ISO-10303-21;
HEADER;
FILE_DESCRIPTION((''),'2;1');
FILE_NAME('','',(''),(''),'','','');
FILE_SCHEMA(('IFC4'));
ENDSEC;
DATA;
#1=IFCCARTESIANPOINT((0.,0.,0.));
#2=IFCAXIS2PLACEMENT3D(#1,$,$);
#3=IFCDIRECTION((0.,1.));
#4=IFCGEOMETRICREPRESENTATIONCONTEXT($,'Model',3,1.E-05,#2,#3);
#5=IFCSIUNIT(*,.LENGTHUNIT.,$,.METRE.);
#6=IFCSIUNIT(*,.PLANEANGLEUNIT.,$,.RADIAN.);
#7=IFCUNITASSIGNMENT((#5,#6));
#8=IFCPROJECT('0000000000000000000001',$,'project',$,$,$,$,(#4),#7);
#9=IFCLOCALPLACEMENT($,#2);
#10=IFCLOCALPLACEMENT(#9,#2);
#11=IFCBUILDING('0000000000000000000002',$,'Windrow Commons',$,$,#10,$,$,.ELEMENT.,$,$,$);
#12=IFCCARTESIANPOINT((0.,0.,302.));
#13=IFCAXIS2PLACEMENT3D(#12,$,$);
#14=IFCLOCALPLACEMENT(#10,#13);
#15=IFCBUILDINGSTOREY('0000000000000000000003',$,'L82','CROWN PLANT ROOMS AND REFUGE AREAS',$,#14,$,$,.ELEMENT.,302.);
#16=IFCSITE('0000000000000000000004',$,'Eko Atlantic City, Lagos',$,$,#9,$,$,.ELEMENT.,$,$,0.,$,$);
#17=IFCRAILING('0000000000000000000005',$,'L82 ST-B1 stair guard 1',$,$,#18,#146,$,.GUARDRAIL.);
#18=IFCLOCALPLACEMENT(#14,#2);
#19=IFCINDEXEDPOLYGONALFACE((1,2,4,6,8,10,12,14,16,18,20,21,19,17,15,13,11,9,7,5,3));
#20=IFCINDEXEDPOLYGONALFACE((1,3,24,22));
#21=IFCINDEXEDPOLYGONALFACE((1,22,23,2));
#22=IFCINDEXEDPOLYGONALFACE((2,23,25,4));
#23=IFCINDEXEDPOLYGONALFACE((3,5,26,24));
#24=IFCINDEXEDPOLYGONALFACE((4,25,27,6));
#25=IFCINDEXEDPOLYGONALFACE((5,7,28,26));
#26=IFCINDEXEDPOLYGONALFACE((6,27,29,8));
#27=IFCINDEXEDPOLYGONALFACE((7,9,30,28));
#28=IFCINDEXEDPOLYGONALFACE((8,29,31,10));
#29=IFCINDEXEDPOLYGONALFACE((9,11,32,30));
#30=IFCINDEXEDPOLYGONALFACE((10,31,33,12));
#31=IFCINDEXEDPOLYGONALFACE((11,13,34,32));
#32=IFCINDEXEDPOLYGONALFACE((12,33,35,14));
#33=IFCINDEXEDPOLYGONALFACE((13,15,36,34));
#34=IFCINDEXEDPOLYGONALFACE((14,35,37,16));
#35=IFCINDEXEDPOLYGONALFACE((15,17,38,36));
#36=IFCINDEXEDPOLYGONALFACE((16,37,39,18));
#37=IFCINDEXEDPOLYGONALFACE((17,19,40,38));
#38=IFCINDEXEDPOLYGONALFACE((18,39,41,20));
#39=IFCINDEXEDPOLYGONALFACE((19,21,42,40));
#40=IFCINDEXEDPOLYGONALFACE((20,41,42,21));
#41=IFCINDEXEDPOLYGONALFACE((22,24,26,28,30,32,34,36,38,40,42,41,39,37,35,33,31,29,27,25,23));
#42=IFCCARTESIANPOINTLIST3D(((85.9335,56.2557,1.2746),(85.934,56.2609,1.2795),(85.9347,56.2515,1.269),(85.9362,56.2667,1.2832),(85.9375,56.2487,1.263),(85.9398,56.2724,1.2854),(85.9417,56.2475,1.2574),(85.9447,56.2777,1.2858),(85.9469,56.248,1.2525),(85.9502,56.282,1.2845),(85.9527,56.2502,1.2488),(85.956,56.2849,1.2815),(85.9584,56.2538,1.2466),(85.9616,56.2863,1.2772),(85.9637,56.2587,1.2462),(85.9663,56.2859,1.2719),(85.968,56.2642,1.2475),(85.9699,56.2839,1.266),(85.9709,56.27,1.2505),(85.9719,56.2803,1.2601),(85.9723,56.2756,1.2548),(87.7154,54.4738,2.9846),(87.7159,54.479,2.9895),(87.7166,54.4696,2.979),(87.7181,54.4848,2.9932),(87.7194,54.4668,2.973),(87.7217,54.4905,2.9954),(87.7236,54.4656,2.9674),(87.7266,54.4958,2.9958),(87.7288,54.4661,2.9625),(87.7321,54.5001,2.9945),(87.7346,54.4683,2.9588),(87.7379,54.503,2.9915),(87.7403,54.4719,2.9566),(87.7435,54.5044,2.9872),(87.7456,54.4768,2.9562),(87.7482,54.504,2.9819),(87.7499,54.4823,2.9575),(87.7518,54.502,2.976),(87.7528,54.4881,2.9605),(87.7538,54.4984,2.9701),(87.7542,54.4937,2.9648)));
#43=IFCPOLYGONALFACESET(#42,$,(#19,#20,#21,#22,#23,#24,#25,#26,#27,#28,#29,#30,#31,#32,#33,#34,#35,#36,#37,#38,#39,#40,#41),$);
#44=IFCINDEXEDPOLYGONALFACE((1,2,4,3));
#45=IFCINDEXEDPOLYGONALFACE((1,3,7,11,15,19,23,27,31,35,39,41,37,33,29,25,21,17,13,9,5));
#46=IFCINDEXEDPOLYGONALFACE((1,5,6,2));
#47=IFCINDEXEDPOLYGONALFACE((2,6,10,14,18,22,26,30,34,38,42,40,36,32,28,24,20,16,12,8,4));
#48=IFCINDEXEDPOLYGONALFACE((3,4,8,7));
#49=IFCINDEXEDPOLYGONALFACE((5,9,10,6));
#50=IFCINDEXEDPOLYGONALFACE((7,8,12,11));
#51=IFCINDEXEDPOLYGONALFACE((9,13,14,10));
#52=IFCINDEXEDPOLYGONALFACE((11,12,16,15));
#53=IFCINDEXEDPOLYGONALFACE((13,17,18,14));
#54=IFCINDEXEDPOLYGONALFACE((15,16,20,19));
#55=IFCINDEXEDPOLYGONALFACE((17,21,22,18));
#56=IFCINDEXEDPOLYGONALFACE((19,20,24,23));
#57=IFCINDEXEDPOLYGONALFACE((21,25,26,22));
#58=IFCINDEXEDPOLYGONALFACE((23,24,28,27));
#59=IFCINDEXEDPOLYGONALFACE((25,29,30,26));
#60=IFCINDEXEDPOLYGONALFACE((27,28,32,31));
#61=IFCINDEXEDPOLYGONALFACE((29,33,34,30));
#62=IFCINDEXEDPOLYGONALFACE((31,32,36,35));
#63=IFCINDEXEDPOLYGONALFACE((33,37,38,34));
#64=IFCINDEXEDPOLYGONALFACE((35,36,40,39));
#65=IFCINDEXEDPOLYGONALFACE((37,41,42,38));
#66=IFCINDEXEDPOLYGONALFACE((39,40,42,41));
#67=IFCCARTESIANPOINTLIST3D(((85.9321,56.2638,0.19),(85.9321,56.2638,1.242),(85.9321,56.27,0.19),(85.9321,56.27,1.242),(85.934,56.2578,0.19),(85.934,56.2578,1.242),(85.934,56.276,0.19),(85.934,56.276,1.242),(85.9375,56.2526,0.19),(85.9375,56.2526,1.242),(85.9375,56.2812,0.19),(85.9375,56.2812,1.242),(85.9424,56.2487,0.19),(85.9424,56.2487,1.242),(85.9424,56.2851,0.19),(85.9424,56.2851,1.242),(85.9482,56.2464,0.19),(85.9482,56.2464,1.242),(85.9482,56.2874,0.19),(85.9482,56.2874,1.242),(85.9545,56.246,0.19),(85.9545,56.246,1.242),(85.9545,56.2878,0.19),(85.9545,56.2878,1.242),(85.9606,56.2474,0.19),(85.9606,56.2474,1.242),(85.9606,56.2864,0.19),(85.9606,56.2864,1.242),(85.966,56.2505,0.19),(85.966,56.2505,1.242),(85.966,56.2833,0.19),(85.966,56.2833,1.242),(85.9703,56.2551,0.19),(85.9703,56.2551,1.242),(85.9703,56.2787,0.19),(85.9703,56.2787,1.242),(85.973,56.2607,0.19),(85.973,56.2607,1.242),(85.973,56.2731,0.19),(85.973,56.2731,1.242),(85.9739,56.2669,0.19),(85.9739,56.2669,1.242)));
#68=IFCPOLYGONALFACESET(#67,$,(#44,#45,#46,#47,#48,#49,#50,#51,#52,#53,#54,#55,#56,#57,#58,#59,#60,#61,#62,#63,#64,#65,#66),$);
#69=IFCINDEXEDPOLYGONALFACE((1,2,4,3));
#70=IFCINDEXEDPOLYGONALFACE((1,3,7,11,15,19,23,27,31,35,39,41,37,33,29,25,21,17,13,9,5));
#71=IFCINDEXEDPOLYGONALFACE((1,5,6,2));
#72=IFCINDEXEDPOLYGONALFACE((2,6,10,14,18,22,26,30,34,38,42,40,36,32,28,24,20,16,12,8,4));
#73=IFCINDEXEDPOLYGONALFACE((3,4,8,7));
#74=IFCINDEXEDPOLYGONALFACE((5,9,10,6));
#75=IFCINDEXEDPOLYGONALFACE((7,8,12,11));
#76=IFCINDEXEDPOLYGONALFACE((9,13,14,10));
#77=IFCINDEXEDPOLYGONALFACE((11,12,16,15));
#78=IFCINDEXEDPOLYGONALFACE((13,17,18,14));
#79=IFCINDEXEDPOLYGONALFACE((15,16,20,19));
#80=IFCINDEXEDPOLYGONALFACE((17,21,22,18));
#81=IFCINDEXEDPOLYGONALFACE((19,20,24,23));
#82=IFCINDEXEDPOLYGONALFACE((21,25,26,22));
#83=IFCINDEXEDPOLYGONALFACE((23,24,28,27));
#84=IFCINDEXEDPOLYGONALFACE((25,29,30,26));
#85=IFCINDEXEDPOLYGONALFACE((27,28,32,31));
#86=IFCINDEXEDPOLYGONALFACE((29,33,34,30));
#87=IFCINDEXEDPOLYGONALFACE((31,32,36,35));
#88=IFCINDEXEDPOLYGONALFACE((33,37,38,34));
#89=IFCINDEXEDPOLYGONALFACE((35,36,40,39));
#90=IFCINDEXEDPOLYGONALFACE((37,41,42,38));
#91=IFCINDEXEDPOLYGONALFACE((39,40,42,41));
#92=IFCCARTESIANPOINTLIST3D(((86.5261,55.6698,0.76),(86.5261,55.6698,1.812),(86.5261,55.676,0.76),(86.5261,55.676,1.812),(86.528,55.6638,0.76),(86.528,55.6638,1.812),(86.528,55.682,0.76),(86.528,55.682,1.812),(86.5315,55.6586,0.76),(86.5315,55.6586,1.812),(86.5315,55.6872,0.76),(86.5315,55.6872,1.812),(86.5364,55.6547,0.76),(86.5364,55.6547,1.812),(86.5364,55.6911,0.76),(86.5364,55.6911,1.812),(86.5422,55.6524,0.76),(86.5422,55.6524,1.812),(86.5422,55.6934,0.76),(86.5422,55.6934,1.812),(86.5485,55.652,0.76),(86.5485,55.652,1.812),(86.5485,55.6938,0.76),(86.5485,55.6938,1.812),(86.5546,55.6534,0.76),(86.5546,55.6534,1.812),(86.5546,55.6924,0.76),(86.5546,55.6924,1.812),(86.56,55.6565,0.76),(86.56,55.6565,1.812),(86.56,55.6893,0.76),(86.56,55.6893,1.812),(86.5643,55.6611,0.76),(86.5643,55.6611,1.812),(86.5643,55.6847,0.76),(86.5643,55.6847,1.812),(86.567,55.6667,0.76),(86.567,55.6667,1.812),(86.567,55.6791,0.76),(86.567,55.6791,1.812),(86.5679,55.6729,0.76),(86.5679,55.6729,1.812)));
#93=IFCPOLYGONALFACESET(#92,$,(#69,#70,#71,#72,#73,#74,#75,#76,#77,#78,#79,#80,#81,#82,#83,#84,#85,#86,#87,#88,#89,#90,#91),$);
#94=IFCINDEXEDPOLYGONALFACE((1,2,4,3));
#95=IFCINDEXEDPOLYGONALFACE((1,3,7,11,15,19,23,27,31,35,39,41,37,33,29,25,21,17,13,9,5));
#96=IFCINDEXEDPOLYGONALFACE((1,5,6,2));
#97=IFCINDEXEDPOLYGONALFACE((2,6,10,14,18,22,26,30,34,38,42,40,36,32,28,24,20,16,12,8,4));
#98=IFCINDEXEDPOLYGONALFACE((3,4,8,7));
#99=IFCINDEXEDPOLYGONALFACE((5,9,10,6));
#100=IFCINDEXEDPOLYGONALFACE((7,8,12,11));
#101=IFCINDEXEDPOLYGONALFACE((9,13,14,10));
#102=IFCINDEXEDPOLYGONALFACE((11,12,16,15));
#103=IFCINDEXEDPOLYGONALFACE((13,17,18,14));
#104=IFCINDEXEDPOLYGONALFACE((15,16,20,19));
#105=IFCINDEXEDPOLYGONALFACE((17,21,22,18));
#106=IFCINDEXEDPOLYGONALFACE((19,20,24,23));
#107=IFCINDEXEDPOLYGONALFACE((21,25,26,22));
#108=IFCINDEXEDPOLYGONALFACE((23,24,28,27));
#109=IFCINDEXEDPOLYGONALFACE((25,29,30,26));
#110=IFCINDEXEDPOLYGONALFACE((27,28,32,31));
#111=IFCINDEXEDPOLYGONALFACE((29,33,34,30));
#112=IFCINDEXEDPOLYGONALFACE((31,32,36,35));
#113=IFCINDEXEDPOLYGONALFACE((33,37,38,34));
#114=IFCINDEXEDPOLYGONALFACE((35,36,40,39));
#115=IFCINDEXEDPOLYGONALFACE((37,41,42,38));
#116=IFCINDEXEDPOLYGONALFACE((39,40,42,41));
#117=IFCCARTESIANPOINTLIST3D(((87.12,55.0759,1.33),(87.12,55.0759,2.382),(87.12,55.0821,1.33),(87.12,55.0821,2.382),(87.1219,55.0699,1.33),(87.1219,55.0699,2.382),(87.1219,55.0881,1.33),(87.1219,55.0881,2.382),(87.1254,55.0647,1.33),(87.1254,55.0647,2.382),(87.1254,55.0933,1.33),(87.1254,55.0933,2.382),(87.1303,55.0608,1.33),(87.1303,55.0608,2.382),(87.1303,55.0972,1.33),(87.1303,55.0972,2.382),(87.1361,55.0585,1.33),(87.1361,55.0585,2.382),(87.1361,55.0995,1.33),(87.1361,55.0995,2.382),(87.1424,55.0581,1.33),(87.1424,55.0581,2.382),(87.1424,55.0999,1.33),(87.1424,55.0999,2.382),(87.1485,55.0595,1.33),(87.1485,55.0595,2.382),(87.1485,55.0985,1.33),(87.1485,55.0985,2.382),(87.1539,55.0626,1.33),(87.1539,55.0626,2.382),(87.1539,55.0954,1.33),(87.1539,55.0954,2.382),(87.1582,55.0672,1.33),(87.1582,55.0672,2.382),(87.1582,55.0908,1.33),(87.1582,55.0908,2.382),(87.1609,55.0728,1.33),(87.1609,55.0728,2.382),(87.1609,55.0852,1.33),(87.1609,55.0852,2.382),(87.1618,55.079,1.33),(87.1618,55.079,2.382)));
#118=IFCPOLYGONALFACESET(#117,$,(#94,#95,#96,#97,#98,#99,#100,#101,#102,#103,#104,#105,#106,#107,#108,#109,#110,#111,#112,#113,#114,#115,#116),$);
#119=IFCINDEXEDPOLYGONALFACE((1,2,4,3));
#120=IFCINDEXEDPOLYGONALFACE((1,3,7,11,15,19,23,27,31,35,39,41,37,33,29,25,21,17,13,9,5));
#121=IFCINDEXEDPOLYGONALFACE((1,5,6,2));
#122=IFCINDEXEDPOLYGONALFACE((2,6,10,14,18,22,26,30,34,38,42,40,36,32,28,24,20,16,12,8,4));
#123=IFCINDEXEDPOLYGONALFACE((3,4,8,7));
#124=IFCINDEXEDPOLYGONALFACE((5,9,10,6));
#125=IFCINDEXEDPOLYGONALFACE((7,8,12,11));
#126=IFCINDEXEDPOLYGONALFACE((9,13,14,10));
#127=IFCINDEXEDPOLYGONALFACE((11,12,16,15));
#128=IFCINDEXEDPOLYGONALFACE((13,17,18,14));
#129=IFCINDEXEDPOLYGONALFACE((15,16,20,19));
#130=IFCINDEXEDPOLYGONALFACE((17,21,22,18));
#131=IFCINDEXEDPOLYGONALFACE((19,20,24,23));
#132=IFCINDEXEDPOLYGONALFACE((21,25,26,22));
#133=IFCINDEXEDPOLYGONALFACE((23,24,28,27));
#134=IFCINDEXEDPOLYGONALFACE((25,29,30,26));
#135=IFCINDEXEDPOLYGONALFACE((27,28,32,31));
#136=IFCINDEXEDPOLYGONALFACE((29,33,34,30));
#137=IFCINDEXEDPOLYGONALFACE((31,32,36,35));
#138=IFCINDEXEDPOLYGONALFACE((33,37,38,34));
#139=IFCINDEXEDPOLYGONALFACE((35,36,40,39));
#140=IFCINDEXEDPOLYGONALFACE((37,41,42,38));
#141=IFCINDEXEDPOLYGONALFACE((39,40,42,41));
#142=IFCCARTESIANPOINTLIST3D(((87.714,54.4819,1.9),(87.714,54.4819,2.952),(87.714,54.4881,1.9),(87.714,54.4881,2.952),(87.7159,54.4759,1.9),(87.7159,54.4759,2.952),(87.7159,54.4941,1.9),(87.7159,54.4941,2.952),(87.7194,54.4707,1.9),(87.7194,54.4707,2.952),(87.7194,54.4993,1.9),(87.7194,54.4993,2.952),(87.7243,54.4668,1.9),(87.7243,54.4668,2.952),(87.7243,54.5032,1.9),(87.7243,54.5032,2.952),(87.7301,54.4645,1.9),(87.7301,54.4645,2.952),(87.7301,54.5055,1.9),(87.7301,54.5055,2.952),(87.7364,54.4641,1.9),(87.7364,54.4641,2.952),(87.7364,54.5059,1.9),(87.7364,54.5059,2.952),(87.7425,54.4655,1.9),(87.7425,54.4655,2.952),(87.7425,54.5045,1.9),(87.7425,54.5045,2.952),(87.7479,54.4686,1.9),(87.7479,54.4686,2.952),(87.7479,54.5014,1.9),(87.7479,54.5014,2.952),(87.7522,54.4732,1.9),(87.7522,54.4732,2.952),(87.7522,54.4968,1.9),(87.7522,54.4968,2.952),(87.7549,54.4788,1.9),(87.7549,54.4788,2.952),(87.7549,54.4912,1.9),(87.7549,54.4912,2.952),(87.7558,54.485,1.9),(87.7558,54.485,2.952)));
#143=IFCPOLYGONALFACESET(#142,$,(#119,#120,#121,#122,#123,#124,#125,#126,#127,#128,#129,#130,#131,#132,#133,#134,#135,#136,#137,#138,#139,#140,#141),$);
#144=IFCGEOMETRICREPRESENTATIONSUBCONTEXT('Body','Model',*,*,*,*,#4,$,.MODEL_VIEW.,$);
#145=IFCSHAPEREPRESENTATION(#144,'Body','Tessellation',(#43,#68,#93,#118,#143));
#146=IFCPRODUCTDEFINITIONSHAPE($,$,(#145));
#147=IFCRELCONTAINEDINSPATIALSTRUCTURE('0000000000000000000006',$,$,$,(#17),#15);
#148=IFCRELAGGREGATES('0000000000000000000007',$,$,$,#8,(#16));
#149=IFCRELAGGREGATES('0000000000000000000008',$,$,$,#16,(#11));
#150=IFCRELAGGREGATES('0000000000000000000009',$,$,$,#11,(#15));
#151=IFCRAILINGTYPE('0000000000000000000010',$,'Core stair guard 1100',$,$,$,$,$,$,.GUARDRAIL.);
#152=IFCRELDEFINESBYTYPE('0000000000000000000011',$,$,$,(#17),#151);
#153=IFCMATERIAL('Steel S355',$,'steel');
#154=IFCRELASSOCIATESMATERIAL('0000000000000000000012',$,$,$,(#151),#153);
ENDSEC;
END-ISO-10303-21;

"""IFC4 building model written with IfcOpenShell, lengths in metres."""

from ifc_helpers import new_model, si_unit, direction, frame, origin, origin_2d, place, context, subcontext, project, spatial, circle, extrude, material, type_object, element, save


model = new_model("IFC4")

# Units and contexts
model_context = context("Model", 3, precision=1e-05, world=origin(), true_north=direction((0.0, 1.0)))
body_context = subcontext(model_context, "Body", "Model", "MODEL_VIEW")
ifc_project = project(units=[si_unit("LENGTHUNIT", "METRE"), si_unit("PLANEANGLEUNIT", "RADIAN")], contexts=[model_context])

# Site, building, storey
site_placement = place(None, origin())
site = spatial("IfcSite", under=ifc_project, at=site_placement, Name="Eko Atlantic City, Lagos", CompositionType="ELEMENT", RefElevation=0.0)
building_placement = place(site_placement, origin())
building = spatial("IfcBuilding", under=site, at=building_placement, Name="Windrow Commons", CompositionType="ELEMENT")
storey_placement = place(building_placement, frame((0.0, 0.0, 302.0)))
storey = spatial("IfcBuildingStorey", under=building, at=storey_placement, Name="L82", Description="CROWN PLANT ROOMS AND REFUGE AREAS", CompositionType="ELEMENT", Elevation=302.0)

# Railing
ifc_material_1 = material(Name="Steel S355", Category="steel")
railing_type_1 = type_object("IfcRailingType", Name="Core stair guard 1100", PredefinedType="GUARDRAIL", material=ifc_material_1)
railing_1_placement = place(storey_placement, frame((85.9529, 56.2669, 0.19)))
element("IfcRailing", 1, at=railing_1_placement, inside=storey, type_object=railing_type_1, Name="L82 ST-B1 stair guard 1", PredefinedType="GUARDRAIL", context=body_context, shape_type="SweptSolid", body=[
    extrude(circle(Radius=0.024, at=origin_2d()), frame((0.0, 0.0, 1.076), z_axis=(0.585113, -0.585113, 0.561503), x_axis=(0.707107, 0.707107, 0.0)), (0.0, 0.0, 1.0), 3.0454),
    extrude(circle(Radius=0.021, at=origin_2d()), origin(), (0.0, 0.0, 1.0), 1.052),
    extrude(circle(Radius=0.021, at=origin_2d()), frame((0.594, -0.594, 0.57)), (0.0, 0.0, 1.0), 1.052),
    extrude(circle(Radius=0.021, at=origin_2d()), frame((1.1879, -1.1879, 1.14)), (0.0, 0.0, 1.0), 1.052),
    extrude(circle(Radius=0.021, at=origin_2d()), frame((1.7819, -1.7819, 1.71)), (0.0, 0.0, 1.0), 1.052),
])

save(model, "model.ifc")
